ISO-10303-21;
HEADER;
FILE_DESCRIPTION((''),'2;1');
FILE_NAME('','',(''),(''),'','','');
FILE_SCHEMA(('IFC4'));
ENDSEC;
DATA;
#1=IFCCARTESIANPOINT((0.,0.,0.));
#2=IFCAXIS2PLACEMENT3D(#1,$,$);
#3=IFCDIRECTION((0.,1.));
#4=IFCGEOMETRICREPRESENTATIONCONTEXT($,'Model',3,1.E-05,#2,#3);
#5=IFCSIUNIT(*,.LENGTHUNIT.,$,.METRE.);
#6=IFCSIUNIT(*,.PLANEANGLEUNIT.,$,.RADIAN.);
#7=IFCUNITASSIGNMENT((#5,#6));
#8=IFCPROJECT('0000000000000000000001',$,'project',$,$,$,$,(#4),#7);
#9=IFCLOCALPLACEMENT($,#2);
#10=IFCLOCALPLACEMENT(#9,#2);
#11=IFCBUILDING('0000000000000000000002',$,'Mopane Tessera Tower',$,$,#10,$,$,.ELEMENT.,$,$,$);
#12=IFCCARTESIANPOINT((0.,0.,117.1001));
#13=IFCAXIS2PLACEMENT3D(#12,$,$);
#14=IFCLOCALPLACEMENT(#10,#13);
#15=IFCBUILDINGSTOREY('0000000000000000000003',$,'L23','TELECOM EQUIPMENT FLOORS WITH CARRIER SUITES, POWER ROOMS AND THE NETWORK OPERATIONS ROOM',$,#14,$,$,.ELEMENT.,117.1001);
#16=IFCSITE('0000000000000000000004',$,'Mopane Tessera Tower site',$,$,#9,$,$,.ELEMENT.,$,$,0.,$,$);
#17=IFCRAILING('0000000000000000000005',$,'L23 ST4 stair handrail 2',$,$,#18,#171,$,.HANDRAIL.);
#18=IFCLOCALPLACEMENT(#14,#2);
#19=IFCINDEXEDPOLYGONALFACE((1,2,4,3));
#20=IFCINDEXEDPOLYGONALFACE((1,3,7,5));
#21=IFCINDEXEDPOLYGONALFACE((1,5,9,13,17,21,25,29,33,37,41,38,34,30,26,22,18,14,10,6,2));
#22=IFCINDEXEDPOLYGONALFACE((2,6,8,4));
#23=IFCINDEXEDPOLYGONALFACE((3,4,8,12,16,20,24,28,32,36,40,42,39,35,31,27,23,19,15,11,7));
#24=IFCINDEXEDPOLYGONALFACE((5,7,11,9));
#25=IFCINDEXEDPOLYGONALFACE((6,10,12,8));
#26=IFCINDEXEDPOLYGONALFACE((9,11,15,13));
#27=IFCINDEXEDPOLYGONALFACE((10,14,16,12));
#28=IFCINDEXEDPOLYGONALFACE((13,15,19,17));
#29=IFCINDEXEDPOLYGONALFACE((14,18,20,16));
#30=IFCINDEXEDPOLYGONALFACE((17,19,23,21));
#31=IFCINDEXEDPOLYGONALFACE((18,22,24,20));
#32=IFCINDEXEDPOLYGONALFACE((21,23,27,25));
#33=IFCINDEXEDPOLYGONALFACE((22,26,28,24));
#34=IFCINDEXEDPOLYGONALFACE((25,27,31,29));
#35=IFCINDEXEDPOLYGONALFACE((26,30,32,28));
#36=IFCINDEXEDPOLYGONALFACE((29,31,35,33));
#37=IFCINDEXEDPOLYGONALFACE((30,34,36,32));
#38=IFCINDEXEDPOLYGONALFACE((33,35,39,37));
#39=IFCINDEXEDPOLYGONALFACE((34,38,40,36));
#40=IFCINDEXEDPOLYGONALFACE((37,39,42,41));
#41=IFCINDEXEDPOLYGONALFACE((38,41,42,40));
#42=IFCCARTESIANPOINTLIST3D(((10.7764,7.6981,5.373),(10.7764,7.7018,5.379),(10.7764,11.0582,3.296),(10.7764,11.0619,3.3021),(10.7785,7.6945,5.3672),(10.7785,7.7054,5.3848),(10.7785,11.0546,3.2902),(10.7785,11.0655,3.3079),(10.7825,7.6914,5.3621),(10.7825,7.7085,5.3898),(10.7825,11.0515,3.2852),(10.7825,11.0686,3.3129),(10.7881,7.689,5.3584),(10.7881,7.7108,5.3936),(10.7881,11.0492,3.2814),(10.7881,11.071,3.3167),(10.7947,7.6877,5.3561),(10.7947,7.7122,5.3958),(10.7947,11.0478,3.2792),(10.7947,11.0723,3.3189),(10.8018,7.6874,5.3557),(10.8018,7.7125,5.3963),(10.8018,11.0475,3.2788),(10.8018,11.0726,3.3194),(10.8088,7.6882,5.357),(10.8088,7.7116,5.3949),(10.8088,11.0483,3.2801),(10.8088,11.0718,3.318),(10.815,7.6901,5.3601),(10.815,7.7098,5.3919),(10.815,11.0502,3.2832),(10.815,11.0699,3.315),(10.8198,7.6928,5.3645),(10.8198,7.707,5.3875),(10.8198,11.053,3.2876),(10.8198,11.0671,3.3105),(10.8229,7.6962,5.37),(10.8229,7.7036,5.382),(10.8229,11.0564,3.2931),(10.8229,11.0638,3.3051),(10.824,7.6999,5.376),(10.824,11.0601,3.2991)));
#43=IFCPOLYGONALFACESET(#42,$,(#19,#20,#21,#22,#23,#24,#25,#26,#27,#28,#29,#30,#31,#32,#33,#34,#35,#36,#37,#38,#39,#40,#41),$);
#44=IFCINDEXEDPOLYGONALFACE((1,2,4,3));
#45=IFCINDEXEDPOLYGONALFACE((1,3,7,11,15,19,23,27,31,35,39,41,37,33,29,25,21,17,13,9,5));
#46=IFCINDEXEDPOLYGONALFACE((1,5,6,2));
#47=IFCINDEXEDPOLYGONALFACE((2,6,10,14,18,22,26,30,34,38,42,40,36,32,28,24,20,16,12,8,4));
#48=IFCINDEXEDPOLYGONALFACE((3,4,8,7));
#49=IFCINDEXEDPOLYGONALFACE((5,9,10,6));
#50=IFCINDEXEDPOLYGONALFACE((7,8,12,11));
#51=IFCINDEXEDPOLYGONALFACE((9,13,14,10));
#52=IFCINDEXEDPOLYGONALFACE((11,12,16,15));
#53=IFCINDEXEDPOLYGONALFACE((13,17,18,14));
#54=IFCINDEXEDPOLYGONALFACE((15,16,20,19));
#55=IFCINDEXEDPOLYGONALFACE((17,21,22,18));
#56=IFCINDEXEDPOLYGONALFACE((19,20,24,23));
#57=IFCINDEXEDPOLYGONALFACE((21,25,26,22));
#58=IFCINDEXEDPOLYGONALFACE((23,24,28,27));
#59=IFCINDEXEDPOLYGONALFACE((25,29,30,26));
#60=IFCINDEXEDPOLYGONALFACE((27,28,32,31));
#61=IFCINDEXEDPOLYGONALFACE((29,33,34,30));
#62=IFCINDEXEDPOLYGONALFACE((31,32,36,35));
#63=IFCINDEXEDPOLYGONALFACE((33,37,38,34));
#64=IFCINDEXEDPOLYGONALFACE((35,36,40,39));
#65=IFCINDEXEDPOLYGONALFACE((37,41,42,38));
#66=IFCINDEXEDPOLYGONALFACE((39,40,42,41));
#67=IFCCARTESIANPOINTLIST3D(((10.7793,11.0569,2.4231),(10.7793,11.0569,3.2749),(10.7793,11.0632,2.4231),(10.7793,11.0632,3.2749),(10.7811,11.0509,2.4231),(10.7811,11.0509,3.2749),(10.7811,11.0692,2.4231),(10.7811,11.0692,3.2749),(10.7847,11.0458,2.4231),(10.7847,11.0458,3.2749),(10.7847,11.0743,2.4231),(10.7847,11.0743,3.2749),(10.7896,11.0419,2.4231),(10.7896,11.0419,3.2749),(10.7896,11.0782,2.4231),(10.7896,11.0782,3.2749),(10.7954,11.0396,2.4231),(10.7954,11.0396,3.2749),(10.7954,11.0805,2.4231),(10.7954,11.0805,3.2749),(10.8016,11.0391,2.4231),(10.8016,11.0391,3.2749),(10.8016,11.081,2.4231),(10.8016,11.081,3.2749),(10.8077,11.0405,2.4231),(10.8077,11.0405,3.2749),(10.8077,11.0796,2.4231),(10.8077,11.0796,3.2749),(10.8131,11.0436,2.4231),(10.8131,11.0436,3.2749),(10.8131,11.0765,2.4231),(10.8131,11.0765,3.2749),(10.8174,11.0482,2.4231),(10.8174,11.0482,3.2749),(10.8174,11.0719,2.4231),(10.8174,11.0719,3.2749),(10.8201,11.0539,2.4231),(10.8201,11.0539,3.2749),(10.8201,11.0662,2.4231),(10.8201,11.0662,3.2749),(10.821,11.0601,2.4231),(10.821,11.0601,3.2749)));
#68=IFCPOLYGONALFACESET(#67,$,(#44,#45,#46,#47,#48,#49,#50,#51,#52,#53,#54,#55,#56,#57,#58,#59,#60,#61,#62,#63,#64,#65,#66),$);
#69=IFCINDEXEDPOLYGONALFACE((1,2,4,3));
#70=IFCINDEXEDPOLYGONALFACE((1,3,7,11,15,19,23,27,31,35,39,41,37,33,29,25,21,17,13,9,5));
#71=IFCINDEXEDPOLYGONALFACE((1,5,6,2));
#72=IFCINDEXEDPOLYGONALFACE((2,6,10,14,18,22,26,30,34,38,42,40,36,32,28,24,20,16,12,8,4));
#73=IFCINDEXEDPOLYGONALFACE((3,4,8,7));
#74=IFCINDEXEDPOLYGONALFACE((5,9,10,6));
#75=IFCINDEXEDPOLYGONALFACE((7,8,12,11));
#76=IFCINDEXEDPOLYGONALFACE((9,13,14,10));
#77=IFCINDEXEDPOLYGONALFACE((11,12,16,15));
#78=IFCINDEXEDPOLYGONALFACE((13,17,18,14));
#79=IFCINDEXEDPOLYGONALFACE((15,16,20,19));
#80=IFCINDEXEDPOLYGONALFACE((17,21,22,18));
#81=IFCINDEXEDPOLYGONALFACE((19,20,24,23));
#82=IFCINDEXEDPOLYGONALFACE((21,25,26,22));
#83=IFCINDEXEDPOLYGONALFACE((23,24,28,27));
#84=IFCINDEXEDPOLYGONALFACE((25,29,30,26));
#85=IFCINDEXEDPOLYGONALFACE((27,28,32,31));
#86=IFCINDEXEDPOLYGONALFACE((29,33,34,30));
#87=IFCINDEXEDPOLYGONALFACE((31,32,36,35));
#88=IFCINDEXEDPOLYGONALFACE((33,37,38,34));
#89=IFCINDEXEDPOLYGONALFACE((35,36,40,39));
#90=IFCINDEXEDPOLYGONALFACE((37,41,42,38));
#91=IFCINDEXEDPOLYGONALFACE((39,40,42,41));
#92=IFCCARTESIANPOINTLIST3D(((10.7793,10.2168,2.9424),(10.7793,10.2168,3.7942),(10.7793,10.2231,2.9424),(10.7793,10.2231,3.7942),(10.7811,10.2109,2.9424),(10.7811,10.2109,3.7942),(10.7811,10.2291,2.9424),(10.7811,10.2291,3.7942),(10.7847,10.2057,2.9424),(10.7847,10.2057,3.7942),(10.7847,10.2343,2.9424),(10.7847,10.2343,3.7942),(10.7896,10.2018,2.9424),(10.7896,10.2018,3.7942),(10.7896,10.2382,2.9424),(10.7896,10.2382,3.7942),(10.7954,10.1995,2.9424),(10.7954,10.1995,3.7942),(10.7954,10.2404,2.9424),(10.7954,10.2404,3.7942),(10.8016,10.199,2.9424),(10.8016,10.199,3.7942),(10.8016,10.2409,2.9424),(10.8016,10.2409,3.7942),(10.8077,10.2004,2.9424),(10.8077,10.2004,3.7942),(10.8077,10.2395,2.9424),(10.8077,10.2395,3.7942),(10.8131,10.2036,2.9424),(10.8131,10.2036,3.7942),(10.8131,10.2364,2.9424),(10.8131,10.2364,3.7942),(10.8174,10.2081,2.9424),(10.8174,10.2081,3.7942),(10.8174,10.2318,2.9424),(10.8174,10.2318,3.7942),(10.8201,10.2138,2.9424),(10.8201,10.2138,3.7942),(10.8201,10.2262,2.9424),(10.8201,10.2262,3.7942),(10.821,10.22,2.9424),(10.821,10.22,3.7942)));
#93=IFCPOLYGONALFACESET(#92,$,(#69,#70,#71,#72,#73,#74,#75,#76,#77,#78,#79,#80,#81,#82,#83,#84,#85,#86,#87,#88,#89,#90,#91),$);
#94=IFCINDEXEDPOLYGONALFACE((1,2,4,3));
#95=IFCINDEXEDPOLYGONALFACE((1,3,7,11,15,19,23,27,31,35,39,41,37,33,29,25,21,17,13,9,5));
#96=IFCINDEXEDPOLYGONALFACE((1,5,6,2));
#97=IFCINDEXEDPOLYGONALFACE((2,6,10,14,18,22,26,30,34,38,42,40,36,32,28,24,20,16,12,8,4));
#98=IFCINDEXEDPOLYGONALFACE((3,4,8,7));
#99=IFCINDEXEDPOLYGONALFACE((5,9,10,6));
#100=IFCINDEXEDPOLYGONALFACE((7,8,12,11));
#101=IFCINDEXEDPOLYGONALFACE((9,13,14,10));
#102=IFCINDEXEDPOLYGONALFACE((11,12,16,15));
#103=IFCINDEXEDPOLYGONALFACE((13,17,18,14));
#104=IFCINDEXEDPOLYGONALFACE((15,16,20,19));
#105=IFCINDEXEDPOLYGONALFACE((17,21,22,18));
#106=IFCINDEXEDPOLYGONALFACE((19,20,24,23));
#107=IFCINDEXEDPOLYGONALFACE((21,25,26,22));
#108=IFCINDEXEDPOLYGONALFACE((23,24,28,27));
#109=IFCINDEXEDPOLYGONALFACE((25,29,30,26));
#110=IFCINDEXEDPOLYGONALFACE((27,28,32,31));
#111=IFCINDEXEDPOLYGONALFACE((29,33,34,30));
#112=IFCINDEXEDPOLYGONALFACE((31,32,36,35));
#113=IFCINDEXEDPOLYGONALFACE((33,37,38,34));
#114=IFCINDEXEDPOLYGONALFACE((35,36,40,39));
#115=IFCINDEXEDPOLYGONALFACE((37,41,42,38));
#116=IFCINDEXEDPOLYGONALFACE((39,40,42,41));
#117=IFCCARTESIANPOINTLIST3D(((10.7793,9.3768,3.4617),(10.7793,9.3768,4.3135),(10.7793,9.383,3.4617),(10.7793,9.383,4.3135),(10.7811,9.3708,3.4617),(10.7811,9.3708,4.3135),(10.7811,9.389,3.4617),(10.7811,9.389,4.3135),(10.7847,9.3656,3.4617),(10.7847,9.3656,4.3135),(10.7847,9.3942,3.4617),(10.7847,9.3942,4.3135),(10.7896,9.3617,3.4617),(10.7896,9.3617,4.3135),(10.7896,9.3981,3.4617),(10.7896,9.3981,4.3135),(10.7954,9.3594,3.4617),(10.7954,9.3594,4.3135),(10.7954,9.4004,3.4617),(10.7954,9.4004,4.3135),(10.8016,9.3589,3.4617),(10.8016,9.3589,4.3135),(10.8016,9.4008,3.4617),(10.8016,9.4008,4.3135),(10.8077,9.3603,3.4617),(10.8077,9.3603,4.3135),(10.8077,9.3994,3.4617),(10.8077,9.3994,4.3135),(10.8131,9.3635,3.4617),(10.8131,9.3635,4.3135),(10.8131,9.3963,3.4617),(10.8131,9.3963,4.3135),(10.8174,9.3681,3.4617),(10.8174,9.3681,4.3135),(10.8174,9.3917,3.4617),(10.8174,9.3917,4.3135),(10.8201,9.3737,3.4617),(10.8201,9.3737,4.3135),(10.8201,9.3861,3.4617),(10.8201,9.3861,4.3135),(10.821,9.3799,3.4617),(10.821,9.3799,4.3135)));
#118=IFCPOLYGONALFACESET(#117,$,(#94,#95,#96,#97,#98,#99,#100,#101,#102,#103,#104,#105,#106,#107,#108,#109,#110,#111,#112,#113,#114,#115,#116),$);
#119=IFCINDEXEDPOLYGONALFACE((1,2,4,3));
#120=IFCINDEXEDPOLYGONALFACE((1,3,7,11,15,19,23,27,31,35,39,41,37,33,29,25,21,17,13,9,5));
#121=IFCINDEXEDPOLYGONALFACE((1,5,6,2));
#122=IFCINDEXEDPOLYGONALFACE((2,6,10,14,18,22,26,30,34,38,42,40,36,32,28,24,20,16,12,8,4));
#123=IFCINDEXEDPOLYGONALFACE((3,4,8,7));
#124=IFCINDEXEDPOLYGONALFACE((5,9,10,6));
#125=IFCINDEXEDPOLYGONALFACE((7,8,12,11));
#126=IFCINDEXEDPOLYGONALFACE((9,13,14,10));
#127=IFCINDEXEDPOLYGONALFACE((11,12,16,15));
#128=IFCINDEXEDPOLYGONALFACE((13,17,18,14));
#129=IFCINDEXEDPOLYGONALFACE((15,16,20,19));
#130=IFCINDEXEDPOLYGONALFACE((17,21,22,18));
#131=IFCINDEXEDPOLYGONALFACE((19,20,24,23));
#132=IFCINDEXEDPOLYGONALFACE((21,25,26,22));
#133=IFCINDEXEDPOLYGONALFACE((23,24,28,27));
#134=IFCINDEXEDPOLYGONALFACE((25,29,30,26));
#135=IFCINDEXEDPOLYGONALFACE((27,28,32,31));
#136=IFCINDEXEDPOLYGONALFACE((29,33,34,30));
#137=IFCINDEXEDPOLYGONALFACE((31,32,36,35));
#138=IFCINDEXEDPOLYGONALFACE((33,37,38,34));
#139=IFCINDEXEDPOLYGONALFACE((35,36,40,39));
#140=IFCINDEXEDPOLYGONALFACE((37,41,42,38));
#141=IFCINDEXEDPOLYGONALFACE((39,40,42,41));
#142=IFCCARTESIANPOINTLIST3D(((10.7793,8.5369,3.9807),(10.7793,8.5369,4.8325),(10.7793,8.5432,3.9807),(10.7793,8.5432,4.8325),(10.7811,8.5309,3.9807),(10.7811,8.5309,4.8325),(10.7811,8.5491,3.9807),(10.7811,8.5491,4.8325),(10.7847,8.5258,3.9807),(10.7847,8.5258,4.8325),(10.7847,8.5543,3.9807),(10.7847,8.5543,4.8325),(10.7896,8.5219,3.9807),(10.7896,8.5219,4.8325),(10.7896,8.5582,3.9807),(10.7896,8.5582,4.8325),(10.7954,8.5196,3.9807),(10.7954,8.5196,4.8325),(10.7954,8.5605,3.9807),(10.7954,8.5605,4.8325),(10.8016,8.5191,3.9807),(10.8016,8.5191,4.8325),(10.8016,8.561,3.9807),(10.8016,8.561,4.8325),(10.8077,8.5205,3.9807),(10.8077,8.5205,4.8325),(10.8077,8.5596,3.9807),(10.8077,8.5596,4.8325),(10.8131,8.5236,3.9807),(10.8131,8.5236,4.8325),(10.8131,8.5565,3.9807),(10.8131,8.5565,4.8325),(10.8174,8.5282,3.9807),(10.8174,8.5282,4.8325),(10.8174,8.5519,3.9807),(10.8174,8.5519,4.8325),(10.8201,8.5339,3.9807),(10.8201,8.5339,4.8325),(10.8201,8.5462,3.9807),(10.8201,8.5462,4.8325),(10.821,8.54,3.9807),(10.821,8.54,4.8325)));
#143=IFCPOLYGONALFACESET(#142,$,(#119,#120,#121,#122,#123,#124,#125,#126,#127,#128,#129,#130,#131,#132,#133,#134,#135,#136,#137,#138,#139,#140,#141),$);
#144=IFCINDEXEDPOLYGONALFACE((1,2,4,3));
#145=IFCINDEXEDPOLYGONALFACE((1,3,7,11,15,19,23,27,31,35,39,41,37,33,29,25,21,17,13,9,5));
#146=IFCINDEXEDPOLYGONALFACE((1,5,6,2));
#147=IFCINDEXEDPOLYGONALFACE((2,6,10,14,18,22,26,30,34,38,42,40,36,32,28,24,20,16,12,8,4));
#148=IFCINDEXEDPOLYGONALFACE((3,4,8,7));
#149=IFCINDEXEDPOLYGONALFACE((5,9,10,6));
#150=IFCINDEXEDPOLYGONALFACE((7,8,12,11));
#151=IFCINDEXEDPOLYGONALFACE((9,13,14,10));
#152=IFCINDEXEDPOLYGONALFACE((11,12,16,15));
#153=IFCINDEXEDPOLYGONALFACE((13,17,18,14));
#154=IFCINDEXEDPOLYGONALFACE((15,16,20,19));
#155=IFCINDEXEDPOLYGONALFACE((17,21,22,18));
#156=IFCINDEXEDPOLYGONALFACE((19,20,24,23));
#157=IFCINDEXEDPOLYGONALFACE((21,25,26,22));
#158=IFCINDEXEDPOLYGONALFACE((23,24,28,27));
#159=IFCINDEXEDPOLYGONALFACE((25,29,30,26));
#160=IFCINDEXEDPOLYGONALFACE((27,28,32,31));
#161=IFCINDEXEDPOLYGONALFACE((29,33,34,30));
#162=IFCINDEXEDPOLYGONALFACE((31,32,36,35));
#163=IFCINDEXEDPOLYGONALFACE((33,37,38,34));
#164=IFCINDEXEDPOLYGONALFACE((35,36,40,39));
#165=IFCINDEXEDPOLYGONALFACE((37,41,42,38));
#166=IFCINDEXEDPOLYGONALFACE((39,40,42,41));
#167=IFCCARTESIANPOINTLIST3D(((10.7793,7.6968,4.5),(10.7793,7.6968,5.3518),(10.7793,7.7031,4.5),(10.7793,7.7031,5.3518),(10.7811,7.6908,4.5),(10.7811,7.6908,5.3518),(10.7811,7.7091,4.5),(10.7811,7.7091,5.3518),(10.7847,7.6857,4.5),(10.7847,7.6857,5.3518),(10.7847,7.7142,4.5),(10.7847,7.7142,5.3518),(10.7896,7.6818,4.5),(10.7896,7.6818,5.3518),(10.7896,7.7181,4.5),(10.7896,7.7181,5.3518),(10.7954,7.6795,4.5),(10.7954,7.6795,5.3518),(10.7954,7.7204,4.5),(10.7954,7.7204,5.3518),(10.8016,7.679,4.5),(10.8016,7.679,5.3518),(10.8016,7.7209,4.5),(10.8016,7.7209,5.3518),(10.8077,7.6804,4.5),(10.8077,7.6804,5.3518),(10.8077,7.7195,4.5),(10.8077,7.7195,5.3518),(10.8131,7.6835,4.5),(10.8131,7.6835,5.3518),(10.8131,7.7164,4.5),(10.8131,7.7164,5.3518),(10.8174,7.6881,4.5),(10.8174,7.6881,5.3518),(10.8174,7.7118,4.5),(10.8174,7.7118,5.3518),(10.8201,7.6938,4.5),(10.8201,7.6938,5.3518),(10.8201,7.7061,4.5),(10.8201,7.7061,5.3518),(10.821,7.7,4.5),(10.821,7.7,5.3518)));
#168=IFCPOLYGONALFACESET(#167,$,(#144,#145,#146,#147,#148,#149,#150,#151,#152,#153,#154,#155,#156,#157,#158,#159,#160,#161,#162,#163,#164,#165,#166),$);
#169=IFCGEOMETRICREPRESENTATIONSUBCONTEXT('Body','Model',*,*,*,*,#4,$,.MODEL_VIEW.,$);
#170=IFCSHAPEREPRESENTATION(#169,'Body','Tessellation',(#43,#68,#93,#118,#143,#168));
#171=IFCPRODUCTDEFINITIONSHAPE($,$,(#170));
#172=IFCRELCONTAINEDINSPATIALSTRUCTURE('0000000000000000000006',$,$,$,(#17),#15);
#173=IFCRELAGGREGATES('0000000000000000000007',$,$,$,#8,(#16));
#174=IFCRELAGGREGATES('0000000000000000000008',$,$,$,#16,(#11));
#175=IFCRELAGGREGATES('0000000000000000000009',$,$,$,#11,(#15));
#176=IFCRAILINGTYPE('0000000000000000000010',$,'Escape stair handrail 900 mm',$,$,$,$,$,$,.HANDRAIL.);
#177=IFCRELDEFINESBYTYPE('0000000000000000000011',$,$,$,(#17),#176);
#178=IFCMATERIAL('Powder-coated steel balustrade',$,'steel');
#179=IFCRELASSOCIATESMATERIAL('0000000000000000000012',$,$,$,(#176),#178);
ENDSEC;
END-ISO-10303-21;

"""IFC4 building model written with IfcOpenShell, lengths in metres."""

from ifc_helpers import new_model, si_unit, direction, frame, origin, origin_2d, place, context, subcontext, project, spatial, circle, extrude, material, type_object, element, save


model = new_model("IFC4")

# Units and contexts
model_context = context("Model", 3, precision=1e-05, world=origin(), true_north=direction((0.0, 1.0)))
body_context = subcontext(model_context, "Body", "Model", "MODEL_VIEW")
ifc_project = project(units=[si_unit("LENGTHUNIT", "METRE"), si_unit("PLANEANGLEUNIT", "RADIAN")], contexts=[model_context])

# Site, building, storey
site_placement = place(None, origin())
site = spatial("IfcSite", under=ifc_project, at=site_placement, Name="Mopane Tessera Tower site", CompositionType="ELEMENT", RefElevation=0.0)
building_placement = place(site_placement, origin())
building = spatial("IfcBuilding", under=site, at=building_placement, Name="Mopane Tessera Tower", CompositionType="ELEMENT")
storey_placement = place(building_placement, frame((0.0, 0.0, 117.1001)))
storey = spatial("IfcBuildingStorey", under=building, at=storey_placement, Name="L23", Description="TELECOM EQUIPMENT FLOORS WITH CARRIER SUITES, POWER ROOMS AND THE NETWORK OPERATIONS ROOM", CompositionType="ELEMENT", Elevation=117.1001)

# Railing
ifc_material_1 = material(Name="Powder-coated steel balustrade", Category="steel")
railing_type_1 = type_object("IfcRailingType", Name="Escape stair handrail 900 mm", PredefinedType="HANDRAIL", material=ifc_material_1)
railing_1_placement = place(storey_placement, frame((10.8, 11.0601, 2.4231)))
element("IfcRailing", 1, at=railing_1_placement, inside=storey, type_object=railing_type_1, Name="L23 ST4 stair handrail 2", PredefinedType="HANDRAIL", context=body_context, shape_type="SweptSolid", body=[
    extrude(circle(Radius=0.0239, at=origin_2d()), frame((0.0, 0.0, 0.876), z_axis=(0.0, -0.850623, 0.525776), x_axis=(1.0, 0.0, 0.0)), (0.0, 0.0, 1.0), 3.9502),
    extrude(circle(Radius=0.021, at=origin_2d()), origin(), (0.0, 0.0, 1.0), 0.8518),
    extrude(circle(Radius=0.021, at=origin_2d()), frame((0.0, -0.8401, 0.5193)), (0.0, 0.0, 1.0), 0.8518),
    extrude(circle(Radius=0.021, at=origin_2d()), frame((0.0, -1.6802, 1.0386)), (0.0, 0.0, 1.0), 0.8518),
    extrude(circle(Radius=0.021, at=origin_2d()), frame((0.0, -2.52, 1.5576)), (0.0, 0.0, 1.0), 0.8518),
    extrude(circle(Radius=0.021, at=origin_2d()), frame((0.0, -3.3601, 2.0769)), (0.0, 0.0, 1.0), 0.8518),
])

save(model, "model.ifc")
